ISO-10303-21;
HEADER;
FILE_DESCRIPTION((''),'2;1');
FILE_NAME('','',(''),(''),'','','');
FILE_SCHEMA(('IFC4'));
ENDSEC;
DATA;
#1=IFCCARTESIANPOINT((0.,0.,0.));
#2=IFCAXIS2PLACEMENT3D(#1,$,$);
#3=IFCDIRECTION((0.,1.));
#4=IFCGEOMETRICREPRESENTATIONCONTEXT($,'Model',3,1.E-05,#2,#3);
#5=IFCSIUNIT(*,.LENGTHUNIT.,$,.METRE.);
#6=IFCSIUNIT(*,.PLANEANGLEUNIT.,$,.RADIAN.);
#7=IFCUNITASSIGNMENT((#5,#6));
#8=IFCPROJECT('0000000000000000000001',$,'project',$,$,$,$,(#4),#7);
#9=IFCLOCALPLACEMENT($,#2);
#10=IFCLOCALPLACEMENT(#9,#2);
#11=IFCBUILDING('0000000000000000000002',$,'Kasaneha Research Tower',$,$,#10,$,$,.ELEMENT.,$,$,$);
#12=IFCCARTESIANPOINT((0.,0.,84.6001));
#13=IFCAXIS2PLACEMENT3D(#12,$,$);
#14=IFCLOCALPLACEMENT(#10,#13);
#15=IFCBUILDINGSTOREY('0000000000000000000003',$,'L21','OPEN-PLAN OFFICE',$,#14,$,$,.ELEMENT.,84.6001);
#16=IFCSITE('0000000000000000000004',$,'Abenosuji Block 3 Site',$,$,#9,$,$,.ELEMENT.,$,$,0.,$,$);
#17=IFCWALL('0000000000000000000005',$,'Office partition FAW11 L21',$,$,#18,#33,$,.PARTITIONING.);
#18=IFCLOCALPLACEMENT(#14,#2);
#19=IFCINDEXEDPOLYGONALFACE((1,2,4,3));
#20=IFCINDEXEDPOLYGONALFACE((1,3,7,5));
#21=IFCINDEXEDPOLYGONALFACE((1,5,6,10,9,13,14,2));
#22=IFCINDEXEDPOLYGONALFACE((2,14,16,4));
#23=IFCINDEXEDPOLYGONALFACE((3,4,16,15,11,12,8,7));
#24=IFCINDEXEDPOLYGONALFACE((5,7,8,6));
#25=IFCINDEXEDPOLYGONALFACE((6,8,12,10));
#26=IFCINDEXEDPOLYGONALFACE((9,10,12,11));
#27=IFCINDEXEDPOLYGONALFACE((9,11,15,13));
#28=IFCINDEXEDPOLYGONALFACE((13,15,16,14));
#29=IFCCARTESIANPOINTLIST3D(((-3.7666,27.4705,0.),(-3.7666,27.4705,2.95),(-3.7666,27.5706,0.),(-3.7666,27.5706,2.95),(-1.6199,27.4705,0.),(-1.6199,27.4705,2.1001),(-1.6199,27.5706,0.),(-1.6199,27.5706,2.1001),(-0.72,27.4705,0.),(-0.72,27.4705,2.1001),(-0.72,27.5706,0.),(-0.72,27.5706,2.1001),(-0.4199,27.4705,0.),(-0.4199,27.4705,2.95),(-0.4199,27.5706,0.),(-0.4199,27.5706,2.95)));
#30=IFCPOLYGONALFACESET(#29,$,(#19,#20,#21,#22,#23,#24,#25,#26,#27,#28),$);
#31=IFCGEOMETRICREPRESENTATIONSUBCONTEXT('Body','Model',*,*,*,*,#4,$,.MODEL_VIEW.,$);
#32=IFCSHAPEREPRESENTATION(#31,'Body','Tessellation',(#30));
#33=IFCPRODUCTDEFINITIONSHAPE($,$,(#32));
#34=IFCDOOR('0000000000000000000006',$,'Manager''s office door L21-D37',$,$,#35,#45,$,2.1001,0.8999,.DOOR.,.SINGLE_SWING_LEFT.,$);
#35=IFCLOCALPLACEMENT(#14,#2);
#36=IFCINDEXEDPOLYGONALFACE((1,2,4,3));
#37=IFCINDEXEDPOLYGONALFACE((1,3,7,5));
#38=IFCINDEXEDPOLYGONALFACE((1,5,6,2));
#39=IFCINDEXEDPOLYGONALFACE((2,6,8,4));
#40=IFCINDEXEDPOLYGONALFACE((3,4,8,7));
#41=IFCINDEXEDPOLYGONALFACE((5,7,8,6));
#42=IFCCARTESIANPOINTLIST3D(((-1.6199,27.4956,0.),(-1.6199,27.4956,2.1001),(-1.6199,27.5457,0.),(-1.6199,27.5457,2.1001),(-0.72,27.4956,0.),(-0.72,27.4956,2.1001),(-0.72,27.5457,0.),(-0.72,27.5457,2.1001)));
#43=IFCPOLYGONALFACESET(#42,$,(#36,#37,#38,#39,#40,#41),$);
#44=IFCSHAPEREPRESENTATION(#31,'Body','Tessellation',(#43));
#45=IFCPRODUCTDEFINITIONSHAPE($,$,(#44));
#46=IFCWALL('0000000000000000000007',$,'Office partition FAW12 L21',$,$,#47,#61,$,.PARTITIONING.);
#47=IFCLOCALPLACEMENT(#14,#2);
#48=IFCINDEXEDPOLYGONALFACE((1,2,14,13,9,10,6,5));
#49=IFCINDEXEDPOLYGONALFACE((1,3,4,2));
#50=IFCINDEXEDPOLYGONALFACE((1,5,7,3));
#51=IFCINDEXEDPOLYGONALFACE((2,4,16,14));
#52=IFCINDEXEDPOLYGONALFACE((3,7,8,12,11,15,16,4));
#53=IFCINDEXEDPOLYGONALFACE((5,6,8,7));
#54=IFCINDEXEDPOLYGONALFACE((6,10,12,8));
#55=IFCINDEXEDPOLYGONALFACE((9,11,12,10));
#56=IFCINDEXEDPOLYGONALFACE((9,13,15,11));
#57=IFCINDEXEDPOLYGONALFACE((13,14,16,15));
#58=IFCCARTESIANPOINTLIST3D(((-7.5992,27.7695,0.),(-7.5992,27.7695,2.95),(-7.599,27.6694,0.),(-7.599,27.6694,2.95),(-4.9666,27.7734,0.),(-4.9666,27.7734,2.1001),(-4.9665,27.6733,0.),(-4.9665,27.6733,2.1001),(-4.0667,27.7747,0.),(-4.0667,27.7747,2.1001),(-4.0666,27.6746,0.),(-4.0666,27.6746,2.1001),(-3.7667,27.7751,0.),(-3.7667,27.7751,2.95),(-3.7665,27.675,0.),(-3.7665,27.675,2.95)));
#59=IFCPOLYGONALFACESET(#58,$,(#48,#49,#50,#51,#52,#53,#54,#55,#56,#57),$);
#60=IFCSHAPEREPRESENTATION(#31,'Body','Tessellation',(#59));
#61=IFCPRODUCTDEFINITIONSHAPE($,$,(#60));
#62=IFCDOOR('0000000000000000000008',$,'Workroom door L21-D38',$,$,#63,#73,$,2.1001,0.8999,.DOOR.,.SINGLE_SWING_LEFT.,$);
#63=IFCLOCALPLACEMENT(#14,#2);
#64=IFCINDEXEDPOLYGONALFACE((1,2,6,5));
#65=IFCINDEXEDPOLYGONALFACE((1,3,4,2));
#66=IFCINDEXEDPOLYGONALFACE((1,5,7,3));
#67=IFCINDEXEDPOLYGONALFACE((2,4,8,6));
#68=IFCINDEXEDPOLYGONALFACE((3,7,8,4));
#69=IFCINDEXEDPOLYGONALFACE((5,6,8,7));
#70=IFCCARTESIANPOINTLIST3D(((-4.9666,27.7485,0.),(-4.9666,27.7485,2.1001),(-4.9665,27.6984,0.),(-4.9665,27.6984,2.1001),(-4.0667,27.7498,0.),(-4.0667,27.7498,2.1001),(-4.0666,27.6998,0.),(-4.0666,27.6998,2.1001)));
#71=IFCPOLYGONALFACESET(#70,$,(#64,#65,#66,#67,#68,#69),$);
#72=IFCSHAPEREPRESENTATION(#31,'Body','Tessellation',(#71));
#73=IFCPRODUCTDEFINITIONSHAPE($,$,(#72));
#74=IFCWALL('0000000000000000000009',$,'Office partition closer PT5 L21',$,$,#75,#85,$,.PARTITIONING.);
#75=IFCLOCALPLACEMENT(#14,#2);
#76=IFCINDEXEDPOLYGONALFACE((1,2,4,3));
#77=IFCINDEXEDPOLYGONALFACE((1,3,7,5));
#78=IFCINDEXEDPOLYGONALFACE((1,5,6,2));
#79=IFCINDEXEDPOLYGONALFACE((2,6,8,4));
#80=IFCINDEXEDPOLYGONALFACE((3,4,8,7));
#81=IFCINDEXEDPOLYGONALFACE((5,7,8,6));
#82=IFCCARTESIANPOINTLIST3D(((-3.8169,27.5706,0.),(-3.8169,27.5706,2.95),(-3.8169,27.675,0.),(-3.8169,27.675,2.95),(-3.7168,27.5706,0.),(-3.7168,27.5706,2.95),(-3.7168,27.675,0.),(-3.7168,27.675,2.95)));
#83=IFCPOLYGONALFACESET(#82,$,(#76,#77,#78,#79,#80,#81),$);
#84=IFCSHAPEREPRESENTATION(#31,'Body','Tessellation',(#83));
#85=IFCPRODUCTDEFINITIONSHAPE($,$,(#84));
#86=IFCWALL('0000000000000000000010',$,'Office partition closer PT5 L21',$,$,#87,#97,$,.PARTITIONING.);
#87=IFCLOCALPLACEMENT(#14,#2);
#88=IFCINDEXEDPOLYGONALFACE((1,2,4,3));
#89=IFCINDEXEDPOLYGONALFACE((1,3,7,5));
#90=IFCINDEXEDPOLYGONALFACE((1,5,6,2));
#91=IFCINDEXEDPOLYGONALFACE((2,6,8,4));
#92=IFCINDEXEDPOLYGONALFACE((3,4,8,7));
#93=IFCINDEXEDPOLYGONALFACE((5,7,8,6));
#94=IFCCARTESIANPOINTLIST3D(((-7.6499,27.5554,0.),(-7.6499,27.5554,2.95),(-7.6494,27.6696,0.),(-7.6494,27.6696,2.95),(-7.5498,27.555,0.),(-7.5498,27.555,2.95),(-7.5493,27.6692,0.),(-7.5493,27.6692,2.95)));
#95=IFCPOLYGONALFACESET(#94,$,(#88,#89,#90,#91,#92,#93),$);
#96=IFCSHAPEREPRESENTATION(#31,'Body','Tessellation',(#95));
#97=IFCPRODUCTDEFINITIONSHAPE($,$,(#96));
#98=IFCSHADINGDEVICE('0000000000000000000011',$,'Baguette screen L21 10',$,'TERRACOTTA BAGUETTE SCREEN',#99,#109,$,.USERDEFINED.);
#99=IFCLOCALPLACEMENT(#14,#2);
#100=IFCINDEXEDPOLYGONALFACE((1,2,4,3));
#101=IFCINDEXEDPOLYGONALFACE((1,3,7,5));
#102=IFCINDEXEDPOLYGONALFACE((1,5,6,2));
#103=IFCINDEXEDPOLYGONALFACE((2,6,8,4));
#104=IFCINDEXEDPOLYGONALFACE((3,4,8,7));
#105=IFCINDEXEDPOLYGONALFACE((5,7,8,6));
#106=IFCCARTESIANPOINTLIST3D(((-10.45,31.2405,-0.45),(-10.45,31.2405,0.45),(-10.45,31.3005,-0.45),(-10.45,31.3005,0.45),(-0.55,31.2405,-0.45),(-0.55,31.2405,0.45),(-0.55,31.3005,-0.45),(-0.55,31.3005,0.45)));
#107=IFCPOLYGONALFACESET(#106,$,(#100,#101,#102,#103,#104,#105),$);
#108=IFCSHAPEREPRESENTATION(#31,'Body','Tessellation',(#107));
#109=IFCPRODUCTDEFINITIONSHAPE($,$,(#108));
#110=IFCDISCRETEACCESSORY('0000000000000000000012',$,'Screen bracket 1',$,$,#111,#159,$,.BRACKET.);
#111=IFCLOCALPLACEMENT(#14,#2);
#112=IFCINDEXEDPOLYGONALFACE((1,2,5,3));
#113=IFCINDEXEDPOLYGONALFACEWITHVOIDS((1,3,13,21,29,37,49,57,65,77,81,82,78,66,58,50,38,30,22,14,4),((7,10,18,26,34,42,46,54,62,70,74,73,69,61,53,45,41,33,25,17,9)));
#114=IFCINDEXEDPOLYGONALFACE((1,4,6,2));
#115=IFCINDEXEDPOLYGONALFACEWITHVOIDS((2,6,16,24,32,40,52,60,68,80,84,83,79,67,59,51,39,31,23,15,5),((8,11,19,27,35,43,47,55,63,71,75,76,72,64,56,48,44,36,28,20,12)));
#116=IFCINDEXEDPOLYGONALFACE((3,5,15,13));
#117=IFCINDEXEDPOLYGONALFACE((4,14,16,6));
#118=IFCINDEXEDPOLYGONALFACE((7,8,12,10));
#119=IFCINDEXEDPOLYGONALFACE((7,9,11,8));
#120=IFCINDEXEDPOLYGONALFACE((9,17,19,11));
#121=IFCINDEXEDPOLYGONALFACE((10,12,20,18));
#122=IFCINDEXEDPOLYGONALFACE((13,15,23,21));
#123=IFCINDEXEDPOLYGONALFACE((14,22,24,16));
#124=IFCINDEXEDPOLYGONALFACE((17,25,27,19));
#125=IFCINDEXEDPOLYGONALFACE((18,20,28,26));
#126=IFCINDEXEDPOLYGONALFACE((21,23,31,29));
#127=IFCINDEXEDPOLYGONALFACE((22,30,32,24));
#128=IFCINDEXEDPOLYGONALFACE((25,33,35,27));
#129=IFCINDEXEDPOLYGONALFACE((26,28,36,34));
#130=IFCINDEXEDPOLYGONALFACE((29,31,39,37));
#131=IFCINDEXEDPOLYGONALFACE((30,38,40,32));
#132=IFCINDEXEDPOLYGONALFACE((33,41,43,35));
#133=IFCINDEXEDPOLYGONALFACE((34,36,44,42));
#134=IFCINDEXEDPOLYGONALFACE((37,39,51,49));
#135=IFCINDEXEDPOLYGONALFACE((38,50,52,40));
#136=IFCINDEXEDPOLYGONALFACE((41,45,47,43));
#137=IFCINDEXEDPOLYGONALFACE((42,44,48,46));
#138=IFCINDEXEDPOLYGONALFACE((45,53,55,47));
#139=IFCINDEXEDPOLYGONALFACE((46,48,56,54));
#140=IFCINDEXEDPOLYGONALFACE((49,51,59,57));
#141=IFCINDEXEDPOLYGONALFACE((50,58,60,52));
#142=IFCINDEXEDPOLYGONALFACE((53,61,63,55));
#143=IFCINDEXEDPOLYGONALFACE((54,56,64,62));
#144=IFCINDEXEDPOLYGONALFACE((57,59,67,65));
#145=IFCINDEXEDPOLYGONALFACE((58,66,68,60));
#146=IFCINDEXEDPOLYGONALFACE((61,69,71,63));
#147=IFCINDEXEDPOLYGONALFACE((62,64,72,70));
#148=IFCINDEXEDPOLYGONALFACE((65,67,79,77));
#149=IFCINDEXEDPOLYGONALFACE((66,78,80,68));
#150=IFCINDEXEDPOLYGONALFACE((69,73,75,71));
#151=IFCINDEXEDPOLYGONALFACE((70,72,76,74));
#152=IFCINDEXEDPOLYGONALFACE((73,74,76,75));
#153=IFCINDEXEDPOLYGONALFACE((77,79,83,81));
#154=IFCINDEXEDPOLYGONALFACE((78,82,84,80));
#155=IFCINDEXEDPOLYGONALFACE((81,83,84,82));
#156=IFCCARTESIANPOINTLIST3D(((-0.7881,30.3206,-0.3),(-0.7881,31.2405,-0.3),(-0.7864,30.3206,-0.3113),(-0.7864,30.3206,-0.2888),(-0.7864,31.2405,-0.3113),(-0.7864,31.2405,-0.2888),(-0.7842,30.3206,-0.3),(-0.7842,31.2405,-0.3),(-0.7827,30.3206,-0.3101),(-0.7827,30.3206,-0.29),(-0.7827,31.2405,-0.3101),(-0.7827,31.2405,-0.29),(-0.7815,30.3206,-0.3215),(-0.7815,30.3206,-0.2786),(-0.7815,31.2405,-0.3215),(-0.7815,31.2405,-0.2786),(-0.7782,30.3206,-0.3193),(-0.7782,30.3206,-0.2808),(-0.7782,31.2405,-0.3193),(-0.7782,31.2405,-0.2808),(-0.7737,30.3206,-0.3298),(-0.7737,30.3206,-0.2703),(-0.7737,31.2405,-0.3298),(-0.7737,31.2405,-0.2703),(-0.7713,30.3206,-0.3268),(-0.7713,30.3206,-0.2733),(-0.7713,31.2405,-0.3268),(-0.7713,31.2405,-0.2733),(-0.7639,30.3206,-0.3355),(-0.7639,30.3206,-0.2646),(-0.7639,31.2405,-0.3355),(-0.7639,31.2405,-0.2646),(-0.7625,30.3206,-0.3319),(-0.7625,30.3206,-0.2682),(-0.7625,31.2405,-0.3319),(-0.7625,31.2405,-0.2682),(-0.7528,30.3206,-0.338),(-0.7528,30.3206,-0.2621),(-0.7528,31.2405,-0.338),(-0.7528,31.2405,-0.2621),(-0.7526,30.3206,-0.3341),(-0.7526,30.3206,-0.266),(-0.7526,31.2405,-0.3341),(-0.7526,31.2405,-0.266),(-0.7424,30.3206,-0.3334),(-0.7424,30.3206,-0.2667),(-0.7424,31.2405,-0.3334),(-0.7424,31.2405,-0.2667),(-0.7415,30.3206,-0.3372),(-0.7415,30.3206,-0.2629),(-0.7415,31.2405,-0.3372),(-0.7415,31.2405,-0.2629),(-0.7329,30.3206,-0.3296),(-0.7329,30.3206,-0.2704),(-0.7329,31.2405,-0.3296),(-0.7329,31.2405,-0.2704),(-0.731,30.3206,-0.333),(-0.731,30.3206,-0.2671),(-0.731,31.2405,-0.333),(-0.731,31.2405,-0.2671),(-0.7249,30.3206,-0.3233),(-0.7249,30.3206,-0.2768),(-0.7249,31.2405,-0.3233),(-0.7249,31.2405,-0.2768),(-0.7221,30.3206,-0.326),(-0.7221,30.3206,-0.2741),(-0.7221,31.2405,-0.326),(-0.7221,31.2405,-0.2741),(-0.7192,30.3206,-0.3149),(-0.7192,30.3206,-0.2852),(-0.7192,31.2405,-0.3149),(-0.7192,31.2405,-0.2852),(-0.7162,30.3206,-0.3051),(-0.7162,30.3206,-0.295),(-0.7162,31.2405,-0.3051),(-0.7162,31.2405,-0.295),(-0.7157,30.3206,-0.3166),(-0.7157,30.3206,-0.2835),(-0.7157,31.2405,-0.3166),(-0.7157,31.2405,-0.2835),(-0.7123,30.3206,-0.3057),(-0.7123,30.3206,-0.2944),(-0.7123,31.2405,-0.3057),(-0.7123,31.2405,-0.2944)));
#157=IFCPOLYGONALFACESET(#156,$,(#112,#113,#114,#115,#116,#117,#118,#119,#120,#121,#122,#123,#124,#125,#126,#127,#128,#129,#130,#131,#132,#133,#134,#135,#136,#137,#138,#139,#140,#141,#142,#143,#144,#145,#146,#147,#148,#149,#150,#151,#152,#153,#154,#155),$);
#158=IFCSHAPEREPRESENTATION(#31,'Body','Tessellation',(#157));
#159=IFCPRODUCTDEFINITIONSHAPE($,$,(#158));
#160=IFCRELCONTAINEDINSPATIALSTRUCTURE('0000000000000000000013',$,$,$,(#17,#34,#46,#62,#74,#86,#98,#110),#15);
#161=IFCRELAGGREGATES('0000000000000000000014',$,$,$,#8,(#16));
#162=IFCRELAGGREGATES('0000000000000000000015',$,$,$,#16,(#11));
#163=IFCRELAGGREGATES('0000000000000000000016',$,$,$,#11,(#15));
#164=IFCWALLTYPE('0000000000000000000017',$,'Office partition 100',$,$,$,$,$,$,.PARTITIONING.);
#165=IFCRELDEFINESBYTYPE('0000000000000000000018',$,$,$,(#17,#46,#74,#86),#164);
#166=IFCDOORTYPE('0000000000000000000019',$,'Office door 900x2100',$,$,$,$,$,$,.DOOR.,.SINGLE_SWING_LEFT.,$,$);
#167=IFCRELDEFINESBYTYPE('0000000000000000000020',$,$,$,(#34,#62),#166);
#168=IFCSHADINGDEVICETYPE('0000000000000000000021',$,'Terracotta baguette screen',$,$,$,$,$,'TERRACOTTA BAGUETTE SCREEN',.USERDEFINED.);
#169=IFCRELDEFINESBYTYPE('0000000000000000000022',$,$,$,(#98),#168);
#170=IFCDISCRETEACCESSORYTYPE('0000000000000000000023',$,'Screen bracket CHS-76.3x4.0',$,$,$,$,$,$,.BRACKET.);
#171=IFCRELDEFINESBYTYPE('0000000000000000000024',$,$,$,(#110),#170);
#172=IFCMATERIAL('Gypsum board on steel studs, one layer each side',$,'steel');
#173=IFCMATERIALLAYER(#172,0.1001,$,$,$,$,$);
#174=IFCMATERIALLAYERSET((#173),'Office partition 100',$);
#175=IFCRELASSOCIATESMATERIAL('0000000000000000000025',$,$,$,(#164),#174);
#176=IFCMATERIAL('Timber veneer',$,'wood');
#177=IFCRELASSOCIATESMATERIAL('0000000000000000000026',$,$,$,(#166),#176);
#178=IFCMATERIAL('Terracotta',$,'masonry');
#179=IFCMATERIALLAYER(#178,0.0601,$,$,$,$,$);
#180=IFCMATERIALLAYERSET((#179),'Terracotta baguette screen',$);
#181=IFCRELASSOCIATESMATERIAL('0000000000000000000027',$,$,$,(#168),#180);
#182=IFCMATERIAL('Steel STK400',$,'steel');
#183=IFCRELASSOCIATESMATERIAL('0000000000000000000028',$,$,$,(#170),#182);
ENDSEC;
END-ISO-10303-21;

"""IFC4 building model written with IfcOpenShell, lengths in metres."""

from ifc_helpers import new_model, si_unit, direction, frame, frame_2d, origin, origin_2d, place, context, subcontext, project, spatial, rectangle, hollow_circle, extrude, material, layer, layer_set, material_profile, profile_set, type_object, element, fill, save


model = new_model("IFC4")

# Units and contexts
model_context = context("Model", 3, precision=1e-05, world=origin(), true_north=direction((0.0, 1.0)))
body_context = subcontext(model_context, "Body", "Model", "MODEL_VIEW")
ifc_project = project(units=[si_unit("LENGTHUNIT", "METRE"), si_unit("PLANEANGLEUNIT", "RADIAN")], contexts=[model_context])

# Site, building, storey
site_placement = place(None, origin())
site = spatial("IfcSite", under=ifc_project, at=site_placement, Name="Abenosuji Block 3 Site", CompositionType="ELEMENT", RefElevation=0.0)
building_placement = place(site_placement, origin())
building = spatial("IfcBuilding", under=site, at=building_placement, Name="Kasaneha Research Tower", CompositionType="ELEMENT")
storey_placement = place(building_placement, frame((0.0, 0.0, 84.6001)))
storey = spatial("IfcBuildingStorey", under=building, at=storey_placement, Name="L21", Description="OPEN-PLAN OFFICE", CompositionType="ELEMENT", Elevation=84.6001)

# Shared definitions
ifc_material_1 = material(Name="Gypsum board on steel studs, one layer each side", Category="steel")
ifc_layer_1 = layer(ifc_material_1, 0.1001)
ifc_layer_set_1 = layer_set([ifc_layer_1], Name="Office partition 100")
wall_type = type_object("IfcWallType", Name="Office partition 100", PredefinedType="PARTITIONING", material=ifc_layer_set_1)
ifc_material_2 = material(Name="Timber veneer", Category="wood")
door_type = type_object("IfcDoorType", Name="Office door 900x2100", OperationType="SINGLE_SWING_LEFT", PredefinedType="DOOR", material=ifc_material_2)

# Walls, openings, doors
wall_1_placement = place(storey_placement, frame((-0.4199, 27.5205, 0.0), z_axis=(0.0, 0.0, 1.0), x_axis=(-1.0, 0.0, 0.0)))
wall_1 = element("IfcWall", 1, at=wall_1_placement, inside=storey, type_object=wall_type, Name="Office partition FAW11 L21", PredefinedType="PARTITIONING", context=body_context, shape_type="SweptSolid", body=[
    extrude(rectangle(XDim=3.3467, YDim=0.1001, at=frame_2d((1.6733, 0.0))), origin(), (0.0, 0.0, 1.0), 2.95),
])
opening_1_placement = place(wall_1_placement, frame((0.3, 0.0, 0.0)))
opening_1 = element("IfcOpeningElement", 2, at=opening_1_placement, cuts=wall_1, PredefinedType="OPENING", context=body_context, shape_type="SweptSolid", body=[
    extrude(rectangle(XDim=0.8999, YDim=2.1001, at=frame_2d((0.45, 1.05))), frame((0.0, 0.0601, 0.0), z_axis=(0.0, -1.0, 0.0), x_axis=(1.0, 0.0, 0.0)), (0.0, 0.0, 1.0), 0.1201),
])
door_1_placement = place(opening_1_placement, origin())
door_1 = element("IfcDoor", 3, at=door_1_placement, inside=storey, type_object=door_type, Name="Manager's office door L21-D37", OperationType="SINGLE_SWING_LEFT", OverallHeight=2.1001, OverallWidth=0.8999, PredefinedType="DOOR", context=body_context, shape_type="SweptSolid", body=[
    extrude(rectangle(XDim=0.8999, YDim=2.1001, at=frame_2d((0.45, 1.05))), frame((0.0, 0.0249, 0.0), z_axis=(0.0, -1.0, 0.0), x_axis=(1.0, 0.0, 0.0)), (0.0, 0.0, 1.0), 0.05),
])
fill(opening_1, door_1)
wall_2_placement = place(storey_placement, frame((-3.7666, 27.7251, 0.0), z_axis=(0.0, 0.0, 1.0), x_axis=(-0.999999, -0.001465, 0.0)))
wall_2 = element("IfcWall", 4, at=wall_2_placement, inside=storey, type_object=wall_type, Name="Office partition FAW12 L21", PredefinedType="PARTITIONING", context=body_context, shape_type="SweptSolid", body=[
    extrude(rectangle(XDim=3.8325, YDim=0.1001, at=frame_2d((1.9163, 0.0))), origin(), (0.0, 0.0, 1.0), 2.95),
])
opening_2_placement = place(wall_2_placement, frame((0.3, 0.0, 0.0)))
opening_2 = element("IfcOpeningElement", 5, at=opening_2_placement, cuts=wall_2, PredefinedType="OPENING", context=body_context, shape_type="SweptSolid", body=[
    extrude(rectangle(XDim=0.8999, YDim=2.1001, at=frame_2d((0.45, 1.05))), frame((0.0, 0.0601, 0.0), z_axis=(0.0, -1.0, 0.0), x_axis=(1.0, 0.0, 0.0)), (0.0, 0.0, 1.0), 0.1201),
])
door_2_placement = place(opening_2_placement, origin())
door_2 = element("IfcDoor", 6, at=door_2_placement, inside=storey, type_object=door_type, Name="Workroom door L21-D38", OperationType="SINGLE_SWING_LEFT", OverallHeight=2.1001, OverallWidth=0.8999, PredefinedType="DOOR", context=body_context, shape_type="SweptSolid", body=[
    extrude(rectangle(XDim=0.8999, YDim=2.1001, at=frame_2d((0.45, 1.05))), frame((0.0, 0.0249, 0.0), z_axis=(0.0, -1.0, 0.0), x_axis=(1.0, 0.0, 0.0)), (0.0, 0.0, 1.0), 0.05),
])
fill(opening_2, door_2)

# Walls
wall_3_placement = place(storey_placement, frame((-3.7668, 27.5706, 0.0), z_axis=(0.0, 0.0, 1.0), x_axis=(0.0, 1.0, 0.0)))
element("IfcWall", 7, at=wall_3_placement, inside=storey, type_object=wall_type, Name="Office partition closer PT5 L21", PredefinedType="PARTITIONING", context=body_context, shape_type="SweptSolid", body=[
    extrude(rectangle(XDim=0.1045, YDim=0.1001, at=frame_2d((0.0522, 0.0))), origin(), (0.0, 0.0, 1.0), 2.95),
])
wall_4_placement = place(storey_placement, frame((-7.5994, 27.6694, 0.0), z_axis=(0.0, 0.0, 1.0), x_axis=(-0.004273, -0.999991, 0.0)))
element("IfcWall", 8, at=wall_4_placement, inside=storey, type_object=wall_type, Name="Office partition closer PT5 L21", PredefinedType="PARTITIONING", context=body_context, shape_type="SweptSolid", body=[
    extrude(rectangle(XDim=0.1143, YDim=0.1001, at=frame_2d((0.0571, 0.0))), origin(), (0.0, 0.0, 1.0), 2.95),
])

# Shading device
ifc_material_3 = material(Name="Terracotta", Category="masonry")
ifc_layer_2 = layer(ifc_material_3, 0.0601)
ifc_layer_set_2 = layer_set([ifc_layer_2], Name="Terracotta baguette screen")
shading_device_type = type_object("IfcShadingDeviceType", Name="Terracotta baguette screen", ElementType="TERRACOTTA BAGUETTE SCREEN", PredefinedType="USERDEFINED", material=ifc_layer_set_2)
shading_device_placement = place(storey_placement, frame((-5.5, 31.2705, -0.45), z_axis=(0.0, 0.0, 1.0), x_axis=(-1.0, 0.0, 0.0)))
element("IfcShadingDevice", 9, at=shading_device_placement, inside=storey, type_object=shading_device_type, Name="Baguette screen L21 10", ObjectType="TERRACOTTA BAGUETTE SCREEN", PredefinedType="USERDEFINED", context=body_context, shape_type="SweptSolid", body=[
    extrude(rectangle(XDim=9.8999, YDim=0.0601, at=origin_2d()), origin(), (0.0, 0.0, 1.0), 0.8999),
])

# Discrete accessory
ifc_material_4 = material(Name="Steel STK400", Category="steel")
ifc_material_profile_1 = material_profile(ifc_material_4, hollow_circle(Radius=0.0381, WallThickness=0.0039, at=origin_2d()), Name="CHS-76.3x4.0")
ifc_profile_set_1 = profile_set([ifc_material_profile_1], Name="Steel STK400")
discrete_accessory_type = type_object("IfcDiscreteAccessoryType", Name="Screen bracket CHS-76.3x4.0", PredefinedType="BRACKET", material=ifc_profile_set_1)
for number, where, z_axis, x_axis, name in (
    (10, (-0.75, 30.3206, -0.3), (0.0, 1.0, 0.0), (-1.0, 0.0, 0.0), "Screen bracket 1"),
):
    element("IfcDiscreteAccessory", number, at=place(storey_placement, frame(where, z_axis=z_axis, x_axis=x_axis)), inside=storey, type_object=discrete_accessory_type, Name=name, PredefinedType="BRACKET", context=body_context, shape_type="SweptSolid", body=[
        extrude(hollow_circle(Radius=0.0381, WallThickness=0.0039, at=origin_2d()), origin(), (0.0, 0.0, 1.0), 0.9199),
    ])

save(model, "model.ifc")
